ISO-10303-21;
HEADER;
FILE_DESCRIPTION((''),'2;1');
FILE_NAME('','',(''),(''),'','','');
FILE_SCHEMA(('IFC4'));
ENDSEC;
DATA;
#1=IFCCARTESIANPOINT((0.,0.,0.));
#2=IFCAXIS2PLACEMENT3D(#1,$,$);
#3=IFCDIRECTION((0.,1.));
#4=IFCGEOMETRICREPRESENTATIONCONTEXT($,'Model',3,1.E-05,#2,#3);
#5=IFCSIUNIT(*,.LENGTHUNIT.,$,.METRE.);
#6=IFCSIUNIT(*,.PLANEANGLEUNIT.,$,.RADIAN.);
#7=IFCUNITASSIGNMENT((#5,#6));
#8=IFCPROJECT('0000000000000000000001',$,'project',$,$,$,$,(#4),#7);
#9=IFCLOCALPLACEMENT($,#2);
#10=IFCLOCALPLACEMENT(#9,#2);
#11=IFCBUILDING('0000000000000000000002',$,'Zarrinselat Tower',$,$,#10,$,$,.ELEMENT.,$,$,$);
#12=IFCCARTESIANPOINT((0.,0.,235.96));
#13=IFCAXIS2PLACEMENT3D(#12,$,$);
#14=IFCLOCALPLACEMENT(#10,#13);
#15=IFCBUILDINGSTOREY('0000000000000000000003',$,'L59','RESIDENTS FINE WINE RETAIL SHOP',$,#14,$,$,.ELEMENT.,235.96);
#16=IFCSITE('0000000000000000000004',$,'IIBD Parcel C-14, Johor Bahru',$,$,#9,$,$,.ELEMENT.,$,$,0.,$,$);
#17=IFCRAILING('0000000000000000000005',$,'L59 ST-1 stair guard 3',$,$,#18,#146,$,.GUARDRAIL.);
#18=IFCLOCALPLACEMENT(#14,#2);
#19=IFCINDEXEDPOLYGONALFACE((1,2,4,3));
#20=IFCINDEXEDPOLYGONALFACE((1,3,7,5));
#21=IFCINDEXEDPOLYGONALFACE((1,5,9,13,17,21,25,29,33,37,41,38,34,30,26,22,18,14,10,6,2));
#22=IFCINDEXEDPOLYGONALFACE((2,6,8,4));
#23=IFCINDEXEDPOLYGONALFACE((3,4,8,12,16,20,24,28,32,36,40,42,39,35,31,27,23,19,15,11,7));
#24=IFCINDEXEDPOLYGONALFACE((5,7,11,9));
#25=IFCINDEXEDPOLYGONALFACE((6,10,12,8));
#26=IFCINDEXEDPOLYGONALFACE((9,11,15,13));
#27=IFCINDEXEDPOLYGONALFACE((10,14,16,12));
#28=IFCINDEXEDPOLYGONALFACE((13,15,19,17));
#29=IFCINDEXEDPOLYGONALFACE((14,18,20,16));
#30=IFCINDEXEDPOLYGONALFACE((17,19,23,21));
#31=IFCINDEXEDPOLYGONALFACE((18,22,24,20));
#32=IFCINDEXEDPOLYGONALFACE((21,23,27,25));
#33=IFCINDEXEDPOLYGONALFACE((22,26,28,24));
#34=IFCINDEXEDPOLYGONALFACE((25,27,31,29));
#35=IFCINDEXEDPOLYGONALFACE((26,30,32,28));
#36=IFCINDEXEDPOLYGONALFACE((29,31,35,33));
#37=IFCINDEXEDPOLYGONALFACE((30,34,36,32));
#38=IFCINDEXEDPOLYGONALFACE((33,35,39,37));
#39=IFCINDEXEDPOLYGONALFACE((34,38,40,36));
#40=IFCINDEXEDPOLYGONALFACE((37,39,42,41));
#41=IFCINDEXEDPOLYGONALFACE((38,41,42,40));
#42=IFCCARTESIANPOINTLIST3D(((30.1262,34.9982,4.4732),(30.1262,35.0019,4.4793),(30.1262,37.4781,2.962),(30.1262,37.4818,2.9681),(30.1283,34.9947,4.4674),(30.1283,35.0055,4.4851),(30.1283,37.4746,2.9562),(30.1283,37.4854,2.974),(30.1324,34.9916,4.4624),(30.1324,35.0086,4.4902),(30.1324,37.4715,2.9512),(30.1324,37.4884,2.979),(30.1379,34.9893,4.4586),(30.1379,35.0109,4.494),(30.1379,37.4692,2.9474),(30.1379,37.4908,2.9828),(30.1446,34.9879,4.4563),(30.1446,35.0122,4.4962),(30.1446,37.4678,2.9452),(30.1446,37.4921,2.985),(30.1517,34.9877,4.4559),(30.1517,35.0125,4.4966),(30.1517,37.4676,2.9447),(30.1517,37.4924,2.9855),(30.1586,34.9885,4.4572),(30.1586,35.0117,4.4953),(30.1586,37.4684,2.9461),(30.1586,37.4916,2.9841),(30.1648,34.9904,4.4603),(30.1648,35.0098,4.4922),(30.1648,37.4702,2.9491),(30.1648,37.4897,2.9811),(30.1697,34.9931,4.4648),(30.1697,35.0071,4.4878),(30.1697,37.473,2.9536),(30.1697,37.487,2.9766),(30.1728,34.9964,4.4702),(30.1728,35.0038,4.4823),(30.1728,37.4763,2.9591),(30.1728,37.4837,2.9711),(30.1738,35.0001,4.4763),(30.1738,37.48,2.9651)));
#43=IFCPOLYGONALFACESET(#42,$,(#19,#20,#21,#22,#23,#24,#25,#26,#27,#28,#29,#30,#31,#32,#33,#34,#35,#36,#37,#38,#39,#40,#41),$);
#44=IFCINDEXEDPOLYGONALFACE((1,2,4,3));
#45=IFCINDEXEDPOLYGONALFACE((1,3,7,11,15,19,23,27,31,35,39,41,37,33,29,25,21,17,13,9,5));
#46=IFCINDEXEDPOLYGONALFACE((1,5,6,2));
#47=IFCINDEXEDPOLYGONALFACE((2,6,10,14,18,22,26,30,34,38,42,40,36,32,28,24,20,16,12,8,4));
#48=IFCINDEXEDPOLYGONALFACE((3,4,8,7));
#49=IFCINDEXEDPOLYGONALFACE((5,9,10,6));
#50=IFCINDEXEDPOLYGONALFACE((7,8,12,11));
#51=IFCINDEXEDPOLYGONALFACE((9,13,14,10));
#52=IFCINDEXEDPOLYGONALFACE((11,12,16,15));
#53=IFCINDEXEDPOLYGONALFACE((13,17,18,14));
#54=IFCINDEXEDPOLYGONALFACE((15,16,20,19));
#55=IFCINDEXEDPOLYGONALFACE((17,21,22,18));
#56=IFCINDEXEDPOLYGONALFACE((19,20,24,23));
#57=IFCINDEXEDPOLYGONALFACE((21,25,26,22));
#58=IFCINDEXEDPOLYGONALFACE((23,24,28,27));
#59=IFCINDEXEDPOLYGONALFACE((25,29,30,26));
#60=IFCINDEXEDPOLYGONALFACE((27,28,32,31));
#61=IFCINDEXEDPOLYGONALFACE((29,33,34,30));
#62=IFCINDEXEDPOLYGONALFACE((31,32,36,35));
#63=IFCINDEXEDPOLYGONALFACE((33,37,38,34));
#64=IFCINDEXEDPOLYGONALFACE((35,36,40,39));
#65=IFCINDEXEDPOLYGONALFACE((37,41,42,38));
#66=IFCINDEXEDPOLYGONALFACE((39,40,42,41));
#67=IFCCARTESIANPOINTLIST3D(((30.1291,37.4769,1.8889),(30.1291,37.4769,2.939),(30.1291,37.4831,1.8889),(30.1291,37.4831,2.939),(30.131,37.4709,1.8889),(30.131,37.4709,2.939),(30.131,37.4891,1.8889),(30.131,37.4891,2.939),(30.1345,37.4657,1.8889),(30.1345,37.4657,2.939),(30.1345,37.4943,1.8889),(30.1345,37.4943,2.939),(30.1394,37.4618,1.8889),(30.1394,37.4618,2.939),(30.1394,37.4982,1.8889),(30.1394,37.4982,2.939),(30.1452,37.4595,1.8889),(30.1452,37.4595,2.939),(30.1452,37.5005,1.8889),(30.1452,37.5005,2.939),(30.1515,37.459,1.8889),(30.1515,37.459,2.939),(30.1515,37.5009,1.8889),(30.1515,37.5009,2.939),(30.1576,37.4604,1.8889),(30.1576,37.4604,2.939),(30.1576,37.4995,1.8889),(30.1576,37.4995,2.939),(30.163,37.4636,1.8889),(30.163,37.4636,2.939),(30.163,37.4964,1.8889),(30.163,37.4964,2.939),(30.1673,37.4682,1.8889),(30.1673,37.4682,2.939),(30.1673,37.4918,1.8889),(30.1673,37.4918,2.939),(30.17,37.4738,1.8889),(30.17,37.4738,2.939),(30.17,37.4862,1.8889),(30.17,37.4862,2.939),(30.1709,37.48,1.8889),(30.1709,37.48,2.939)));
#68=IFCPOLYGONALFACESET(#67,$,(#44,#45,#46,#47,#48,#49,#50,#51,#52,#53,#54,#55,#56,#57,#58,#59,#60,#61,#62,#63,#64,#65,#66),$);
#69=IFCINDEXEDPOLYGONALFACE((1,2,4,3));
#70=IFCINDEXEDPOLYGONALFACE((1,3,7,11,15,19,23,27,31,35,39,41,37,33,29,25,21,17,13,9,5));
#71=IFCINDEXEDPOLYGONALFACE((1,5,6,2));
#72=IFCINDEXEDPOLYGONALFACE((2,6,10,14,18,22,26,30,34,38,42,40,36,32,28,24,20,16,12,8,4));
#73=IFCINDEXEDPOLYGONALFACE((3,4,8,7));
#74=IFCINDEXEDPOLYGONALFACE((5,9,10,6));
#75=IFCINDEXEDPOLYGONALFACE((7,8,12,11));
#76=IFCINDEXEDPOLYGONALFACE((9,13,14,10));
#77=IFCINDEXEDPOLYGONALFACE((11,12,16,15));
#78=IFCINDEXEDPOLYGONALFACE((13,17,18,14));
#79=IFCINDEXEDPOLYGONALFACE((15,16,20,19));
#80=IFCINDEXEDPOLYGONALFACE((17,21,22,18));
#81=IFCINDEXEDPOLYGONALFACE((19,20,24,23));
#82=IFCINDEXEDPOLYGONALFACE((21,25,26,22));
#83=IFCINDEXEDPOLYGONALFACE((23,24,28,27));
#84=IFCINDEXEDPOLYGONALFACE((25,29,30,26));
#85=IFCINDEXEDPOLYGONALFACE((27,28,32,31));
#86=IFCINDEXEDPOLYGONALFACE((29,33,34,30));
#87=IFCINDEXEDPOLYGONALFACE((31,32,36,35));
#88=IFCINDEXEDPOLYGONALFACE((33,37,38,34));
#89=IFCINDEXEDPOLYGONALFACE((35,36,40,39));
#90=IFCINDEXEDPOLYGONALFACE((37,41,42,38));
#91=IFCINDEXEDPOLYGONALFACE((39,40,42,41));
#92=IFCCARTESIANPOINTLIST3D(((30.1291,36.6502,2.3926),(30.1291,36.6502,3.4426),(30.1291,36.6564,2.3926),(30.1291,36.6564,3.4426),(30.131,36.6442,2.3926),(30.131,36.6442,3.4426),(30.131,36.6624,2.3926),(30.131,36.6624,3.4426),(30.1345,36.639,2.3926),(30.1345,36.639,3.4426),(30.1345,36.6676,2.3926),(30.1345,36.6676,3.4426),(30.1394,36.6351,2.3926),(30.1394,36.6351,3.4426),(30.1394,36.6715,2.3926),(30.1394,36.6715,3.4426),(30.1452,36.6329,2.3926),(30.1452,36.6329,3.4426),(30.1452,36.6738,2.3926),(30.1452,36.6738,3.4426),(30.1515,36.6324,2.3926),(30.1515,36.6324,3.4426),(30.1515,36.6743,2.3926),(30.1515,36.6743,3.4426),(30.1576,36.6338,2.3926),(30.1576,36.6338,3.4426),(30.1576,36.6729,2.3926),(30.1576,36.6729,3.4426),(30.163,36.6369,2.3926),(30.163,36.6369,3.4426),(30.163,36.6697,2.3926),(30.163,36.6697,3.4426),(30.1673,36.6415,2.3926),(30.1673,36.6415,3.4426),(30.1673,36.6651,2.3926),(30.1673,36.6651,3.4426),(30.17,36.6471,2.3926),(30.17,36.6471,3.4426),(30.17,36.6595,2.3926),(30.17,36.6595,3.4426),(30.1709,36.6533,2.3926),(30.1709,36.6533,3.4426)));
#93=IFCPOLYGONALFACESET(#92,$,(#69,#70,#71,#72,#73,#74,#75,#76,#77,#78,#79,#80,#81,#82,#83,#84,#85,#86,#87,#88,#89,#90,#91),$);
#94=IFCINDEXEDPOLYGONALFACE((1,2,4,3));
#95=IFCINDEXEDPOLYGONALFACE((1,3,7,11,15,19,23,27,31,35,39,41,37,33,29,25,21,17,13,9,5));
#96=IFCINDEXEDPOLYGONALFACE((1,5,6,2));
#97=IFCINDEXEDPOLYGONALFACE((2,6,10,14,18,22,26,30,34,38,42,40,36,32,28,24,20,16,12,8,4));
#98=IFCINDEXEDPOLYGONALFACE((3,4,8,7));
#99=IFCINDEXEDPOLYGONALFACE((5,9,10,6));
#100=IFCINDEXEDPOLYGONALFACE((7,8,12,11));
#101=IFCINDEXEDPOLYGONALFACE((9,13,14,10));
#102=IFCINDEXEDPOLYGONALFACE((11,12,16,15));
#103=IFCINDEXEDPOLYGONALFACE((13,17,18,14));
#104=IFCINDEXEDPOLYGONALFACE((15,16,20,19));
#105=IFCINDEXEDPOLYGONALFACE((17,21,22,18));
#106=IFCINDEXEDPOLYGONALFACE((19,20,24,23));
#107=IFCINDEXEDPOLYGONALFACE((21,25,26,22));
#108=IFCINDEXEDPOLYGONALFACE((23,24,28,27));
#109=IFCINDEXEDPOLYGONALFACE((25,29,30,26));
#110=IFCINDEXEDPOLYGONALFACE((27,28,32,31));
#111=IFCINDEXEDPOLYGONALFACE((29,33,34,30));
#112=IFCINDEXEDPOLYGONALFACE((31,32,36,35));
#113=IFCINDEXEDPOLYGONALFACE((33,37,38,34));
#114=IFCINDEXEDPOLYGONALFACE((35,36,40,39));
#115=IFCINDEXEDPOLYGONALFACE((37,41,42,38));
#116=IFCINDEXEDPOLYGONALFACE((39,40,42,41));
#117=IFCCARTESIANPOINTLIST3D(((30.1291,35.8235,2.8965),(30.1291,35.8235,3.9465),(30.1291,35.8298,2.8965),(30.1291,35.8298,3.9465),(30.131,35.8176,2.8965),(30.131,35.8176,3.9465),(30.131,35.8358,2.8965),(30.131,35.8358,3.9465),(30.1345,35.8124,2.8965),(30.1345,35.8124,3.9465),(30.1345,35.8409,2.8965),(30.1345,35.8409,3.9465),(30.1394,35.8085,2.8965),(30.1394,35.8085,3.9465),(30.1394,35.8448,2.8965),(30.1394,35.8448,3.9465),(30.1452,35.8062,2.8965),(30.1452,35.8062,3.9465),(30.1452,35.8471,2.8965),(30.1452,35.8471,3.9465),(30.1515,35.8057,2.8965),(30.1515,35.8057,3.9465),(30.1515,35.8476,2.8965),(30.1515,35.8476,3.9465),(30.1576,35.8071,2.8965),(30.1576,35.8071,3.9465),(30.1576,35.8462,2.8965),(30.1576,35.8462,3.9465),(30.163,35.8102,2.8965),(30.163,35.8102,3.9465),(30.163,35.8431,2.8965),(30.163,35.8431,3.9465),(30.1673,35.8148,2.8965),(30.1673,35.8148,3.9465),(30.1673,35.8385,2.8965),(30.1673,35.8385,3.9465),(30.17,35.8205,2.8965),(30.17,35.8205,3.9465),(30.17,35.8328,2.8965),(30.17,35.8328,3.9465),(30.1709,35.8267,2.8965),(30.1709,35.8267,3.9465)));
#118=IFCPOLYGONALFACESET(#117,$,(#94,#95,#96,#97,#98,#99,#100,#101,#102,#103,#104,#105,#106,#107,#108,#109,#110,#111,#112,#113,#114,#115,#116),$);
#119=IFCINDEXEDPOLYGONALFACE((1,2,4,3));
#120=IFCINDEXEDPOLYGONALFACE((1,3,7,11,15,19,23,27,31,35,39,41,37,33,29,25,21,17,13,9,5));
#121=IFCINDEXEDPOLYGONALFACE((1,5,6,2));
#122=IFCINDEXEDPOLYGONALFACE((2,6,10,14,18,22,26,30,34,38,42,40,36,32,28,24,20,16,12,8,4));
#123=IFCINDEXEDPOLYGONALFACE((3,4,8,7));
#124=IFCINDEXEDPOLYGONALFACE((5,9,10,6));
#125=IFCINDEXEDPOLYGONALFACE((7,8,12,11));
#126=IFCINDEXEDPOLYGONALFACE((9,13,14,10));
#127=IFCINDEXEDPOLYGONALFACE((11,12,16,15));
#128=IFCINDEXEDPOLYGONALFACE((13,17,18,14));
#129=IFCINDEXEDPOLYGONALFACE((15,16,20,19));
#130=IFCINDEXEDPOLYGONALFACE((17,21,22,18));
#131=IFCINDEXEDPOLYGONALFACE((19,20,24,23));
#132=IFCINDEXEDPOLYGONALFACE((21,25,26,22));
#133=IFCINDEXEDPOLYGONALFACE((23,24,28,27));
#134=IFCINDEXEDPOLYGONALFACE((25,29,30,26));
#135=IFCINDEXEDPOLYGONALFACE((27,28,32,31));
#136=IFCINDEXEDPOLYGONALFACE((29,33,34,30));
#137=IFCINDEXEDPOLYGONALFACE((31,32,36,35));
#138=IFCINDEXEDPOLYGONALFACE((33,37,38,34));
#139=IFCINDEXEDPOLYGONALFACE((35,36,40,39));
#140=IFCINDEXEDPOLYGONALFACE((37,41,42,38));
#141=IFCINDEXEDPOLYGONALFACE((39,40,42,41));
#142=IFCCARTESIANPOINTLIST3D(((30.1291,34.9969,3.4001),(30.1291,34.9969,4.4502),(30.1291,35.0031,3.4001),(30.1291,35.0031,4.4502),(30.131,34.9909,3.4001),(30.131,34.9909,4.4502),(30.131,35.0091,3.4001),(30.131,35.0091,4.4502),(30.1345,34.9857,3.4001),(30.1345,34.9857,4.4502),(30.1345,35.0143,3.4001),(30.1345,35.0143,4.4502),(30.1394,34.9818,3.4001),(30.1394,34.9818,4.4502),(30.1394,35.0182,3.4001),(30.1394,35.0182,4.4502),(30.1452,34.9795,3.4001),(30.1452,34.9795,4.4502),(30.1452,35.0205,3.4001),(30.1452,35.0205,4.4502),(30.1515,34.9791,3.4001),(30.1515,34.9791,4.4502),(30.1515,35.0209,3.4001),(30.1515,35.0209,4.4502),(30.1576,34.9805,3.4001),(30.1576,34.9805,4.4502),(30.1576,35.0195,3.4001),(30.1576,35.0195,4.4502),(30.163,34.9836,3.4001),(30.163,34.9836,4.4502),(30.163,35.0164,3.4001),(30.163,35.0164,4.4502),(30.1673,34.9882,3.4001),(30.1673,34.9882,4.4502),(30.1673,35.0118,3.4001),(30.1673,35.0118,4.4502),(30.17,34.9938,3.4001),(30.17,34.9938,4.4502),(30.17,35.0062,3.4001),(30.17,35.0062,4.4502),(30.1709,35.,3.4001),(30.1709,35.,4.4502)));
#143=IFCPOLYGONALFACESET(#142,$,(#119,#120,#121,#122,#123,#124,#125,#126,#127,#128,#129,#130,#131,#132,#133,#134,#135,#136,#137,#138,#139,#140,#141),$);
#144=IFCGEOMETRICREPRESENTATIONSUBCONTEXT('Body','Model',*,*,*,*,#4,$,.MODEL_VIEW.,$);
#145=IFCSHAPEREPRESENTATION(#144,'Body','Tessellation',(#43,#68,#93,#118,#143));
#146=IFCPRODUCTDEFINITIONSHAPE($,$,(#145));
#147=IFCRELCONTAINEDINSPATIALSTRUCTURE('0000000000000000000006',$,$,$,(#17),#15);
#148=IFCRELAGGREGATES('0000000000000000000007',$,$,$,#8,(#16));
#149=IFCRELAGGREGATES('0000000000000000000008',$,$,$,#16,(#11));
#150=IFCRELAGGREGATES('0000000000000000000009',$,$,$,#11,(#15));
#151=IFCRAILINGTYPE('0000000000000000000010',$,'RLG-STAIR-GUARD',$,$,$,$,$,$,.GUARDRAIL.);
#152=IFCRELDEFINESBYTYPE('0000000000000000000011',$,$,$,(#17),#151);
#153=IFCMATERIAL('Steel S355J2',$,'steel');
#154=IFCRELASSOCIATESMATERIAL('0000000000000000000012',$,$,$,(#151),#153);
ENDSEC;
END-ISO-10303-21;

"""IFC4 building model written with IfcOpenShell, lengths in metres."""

from ifc_helpers import new_model, si_unit, direction, frame, origin, origin_2d, place, context, subcontext, project, spatial, circle, extrude, material, type_object, element, save


model = new_model("IFC4")

# Units and contexts
model_context = context("Model", 3, precision=1e-05, world=origin(), true_north=direction((0.0, 1.0)))
body_context = subcontext(model_context, "Body", "Model", "MODEL_VIEW")
ifc_project = project(units=[si_unit("LENGTHUNIT", "METRE"), si_unit("PLANEANGLEUNIT", "RADIAN")], contexts=[model_context])

# Site, building, storey
site_placement = place(None, origin())
site = spatial("IfcSite", under=ifc_project, at=site_placement, Name="IIBD Parcel C-14, Johor Bahru", CompositionType="ELEMENT", RefElevation=0.0)
building_placement = place(site_placement, origin())
building = spatial("IfcBuilding", under=site, at=building_placement, Name="Zarrinselat Tower", CompositionType="ELEMENT")
storey_placement = place(building_placement, frame((0.0, 0.0, 235.96)))
storey = spatial("IfcBuildingStorey", under=building, at=storey_placement, Name="L59", Description="RESIDENTS FINE WINE RETAIL SHOP", CompositionType="ELEMENT", Elevation=235.96)

# Railing
ifc_material_1 = material(Name="Steel S355J2", Category="steel")
railing_type_1 = type_object("IfcRailingType", Name="RLG-STAIR-GUARD", PredefinedType="GUARDRAIL", material=ifc_material_1)
railing_1_placement = place(storey_placement, frame((30.1499, 37.48, 1.8889)))
element("IfcRailing", 1, at=railing_1_placement, inside=storey, type_object=railing_type_1, Name="L59 ST-1 stair guard 3", PredefinedType="GUARDRAIL", context=body_context, shape_type="SweptSolid", body=[
    extrude(circle(Radius=0.0239, at=origin_2d()), frame((0.0, 0.0, 1.0762), z_axis=(0.0, -0.853942, 0.520368), x_axis=(1.0, 0.0, 0.0)), (0.0, 0.0, 1.0), 2.9041),
    extrude(circle(Radius=0.021, at=origin_2d()), origin(), (0.0, 0.0, 1.0), 1.05),
    extrude(circle(Radius=0.021, at=origin_2d()), frame((0.0, -0.8267, 0.5037)), (0.0, 0.0, 1.0), 1.05),
    extrude(circle(Radius=0.021, at=origin_2d()), frame((0.0, -1.6533, 1.0076)), (0.0, 0.0, 1.0), 1.05),
    extrude(circle(Radius=0.021, at=origin_2d()), frame((0.0, -2.48, 1.5112)), (0.0, 0.0, 1.0), 1.05),
])

save(model, "model.ifc")
